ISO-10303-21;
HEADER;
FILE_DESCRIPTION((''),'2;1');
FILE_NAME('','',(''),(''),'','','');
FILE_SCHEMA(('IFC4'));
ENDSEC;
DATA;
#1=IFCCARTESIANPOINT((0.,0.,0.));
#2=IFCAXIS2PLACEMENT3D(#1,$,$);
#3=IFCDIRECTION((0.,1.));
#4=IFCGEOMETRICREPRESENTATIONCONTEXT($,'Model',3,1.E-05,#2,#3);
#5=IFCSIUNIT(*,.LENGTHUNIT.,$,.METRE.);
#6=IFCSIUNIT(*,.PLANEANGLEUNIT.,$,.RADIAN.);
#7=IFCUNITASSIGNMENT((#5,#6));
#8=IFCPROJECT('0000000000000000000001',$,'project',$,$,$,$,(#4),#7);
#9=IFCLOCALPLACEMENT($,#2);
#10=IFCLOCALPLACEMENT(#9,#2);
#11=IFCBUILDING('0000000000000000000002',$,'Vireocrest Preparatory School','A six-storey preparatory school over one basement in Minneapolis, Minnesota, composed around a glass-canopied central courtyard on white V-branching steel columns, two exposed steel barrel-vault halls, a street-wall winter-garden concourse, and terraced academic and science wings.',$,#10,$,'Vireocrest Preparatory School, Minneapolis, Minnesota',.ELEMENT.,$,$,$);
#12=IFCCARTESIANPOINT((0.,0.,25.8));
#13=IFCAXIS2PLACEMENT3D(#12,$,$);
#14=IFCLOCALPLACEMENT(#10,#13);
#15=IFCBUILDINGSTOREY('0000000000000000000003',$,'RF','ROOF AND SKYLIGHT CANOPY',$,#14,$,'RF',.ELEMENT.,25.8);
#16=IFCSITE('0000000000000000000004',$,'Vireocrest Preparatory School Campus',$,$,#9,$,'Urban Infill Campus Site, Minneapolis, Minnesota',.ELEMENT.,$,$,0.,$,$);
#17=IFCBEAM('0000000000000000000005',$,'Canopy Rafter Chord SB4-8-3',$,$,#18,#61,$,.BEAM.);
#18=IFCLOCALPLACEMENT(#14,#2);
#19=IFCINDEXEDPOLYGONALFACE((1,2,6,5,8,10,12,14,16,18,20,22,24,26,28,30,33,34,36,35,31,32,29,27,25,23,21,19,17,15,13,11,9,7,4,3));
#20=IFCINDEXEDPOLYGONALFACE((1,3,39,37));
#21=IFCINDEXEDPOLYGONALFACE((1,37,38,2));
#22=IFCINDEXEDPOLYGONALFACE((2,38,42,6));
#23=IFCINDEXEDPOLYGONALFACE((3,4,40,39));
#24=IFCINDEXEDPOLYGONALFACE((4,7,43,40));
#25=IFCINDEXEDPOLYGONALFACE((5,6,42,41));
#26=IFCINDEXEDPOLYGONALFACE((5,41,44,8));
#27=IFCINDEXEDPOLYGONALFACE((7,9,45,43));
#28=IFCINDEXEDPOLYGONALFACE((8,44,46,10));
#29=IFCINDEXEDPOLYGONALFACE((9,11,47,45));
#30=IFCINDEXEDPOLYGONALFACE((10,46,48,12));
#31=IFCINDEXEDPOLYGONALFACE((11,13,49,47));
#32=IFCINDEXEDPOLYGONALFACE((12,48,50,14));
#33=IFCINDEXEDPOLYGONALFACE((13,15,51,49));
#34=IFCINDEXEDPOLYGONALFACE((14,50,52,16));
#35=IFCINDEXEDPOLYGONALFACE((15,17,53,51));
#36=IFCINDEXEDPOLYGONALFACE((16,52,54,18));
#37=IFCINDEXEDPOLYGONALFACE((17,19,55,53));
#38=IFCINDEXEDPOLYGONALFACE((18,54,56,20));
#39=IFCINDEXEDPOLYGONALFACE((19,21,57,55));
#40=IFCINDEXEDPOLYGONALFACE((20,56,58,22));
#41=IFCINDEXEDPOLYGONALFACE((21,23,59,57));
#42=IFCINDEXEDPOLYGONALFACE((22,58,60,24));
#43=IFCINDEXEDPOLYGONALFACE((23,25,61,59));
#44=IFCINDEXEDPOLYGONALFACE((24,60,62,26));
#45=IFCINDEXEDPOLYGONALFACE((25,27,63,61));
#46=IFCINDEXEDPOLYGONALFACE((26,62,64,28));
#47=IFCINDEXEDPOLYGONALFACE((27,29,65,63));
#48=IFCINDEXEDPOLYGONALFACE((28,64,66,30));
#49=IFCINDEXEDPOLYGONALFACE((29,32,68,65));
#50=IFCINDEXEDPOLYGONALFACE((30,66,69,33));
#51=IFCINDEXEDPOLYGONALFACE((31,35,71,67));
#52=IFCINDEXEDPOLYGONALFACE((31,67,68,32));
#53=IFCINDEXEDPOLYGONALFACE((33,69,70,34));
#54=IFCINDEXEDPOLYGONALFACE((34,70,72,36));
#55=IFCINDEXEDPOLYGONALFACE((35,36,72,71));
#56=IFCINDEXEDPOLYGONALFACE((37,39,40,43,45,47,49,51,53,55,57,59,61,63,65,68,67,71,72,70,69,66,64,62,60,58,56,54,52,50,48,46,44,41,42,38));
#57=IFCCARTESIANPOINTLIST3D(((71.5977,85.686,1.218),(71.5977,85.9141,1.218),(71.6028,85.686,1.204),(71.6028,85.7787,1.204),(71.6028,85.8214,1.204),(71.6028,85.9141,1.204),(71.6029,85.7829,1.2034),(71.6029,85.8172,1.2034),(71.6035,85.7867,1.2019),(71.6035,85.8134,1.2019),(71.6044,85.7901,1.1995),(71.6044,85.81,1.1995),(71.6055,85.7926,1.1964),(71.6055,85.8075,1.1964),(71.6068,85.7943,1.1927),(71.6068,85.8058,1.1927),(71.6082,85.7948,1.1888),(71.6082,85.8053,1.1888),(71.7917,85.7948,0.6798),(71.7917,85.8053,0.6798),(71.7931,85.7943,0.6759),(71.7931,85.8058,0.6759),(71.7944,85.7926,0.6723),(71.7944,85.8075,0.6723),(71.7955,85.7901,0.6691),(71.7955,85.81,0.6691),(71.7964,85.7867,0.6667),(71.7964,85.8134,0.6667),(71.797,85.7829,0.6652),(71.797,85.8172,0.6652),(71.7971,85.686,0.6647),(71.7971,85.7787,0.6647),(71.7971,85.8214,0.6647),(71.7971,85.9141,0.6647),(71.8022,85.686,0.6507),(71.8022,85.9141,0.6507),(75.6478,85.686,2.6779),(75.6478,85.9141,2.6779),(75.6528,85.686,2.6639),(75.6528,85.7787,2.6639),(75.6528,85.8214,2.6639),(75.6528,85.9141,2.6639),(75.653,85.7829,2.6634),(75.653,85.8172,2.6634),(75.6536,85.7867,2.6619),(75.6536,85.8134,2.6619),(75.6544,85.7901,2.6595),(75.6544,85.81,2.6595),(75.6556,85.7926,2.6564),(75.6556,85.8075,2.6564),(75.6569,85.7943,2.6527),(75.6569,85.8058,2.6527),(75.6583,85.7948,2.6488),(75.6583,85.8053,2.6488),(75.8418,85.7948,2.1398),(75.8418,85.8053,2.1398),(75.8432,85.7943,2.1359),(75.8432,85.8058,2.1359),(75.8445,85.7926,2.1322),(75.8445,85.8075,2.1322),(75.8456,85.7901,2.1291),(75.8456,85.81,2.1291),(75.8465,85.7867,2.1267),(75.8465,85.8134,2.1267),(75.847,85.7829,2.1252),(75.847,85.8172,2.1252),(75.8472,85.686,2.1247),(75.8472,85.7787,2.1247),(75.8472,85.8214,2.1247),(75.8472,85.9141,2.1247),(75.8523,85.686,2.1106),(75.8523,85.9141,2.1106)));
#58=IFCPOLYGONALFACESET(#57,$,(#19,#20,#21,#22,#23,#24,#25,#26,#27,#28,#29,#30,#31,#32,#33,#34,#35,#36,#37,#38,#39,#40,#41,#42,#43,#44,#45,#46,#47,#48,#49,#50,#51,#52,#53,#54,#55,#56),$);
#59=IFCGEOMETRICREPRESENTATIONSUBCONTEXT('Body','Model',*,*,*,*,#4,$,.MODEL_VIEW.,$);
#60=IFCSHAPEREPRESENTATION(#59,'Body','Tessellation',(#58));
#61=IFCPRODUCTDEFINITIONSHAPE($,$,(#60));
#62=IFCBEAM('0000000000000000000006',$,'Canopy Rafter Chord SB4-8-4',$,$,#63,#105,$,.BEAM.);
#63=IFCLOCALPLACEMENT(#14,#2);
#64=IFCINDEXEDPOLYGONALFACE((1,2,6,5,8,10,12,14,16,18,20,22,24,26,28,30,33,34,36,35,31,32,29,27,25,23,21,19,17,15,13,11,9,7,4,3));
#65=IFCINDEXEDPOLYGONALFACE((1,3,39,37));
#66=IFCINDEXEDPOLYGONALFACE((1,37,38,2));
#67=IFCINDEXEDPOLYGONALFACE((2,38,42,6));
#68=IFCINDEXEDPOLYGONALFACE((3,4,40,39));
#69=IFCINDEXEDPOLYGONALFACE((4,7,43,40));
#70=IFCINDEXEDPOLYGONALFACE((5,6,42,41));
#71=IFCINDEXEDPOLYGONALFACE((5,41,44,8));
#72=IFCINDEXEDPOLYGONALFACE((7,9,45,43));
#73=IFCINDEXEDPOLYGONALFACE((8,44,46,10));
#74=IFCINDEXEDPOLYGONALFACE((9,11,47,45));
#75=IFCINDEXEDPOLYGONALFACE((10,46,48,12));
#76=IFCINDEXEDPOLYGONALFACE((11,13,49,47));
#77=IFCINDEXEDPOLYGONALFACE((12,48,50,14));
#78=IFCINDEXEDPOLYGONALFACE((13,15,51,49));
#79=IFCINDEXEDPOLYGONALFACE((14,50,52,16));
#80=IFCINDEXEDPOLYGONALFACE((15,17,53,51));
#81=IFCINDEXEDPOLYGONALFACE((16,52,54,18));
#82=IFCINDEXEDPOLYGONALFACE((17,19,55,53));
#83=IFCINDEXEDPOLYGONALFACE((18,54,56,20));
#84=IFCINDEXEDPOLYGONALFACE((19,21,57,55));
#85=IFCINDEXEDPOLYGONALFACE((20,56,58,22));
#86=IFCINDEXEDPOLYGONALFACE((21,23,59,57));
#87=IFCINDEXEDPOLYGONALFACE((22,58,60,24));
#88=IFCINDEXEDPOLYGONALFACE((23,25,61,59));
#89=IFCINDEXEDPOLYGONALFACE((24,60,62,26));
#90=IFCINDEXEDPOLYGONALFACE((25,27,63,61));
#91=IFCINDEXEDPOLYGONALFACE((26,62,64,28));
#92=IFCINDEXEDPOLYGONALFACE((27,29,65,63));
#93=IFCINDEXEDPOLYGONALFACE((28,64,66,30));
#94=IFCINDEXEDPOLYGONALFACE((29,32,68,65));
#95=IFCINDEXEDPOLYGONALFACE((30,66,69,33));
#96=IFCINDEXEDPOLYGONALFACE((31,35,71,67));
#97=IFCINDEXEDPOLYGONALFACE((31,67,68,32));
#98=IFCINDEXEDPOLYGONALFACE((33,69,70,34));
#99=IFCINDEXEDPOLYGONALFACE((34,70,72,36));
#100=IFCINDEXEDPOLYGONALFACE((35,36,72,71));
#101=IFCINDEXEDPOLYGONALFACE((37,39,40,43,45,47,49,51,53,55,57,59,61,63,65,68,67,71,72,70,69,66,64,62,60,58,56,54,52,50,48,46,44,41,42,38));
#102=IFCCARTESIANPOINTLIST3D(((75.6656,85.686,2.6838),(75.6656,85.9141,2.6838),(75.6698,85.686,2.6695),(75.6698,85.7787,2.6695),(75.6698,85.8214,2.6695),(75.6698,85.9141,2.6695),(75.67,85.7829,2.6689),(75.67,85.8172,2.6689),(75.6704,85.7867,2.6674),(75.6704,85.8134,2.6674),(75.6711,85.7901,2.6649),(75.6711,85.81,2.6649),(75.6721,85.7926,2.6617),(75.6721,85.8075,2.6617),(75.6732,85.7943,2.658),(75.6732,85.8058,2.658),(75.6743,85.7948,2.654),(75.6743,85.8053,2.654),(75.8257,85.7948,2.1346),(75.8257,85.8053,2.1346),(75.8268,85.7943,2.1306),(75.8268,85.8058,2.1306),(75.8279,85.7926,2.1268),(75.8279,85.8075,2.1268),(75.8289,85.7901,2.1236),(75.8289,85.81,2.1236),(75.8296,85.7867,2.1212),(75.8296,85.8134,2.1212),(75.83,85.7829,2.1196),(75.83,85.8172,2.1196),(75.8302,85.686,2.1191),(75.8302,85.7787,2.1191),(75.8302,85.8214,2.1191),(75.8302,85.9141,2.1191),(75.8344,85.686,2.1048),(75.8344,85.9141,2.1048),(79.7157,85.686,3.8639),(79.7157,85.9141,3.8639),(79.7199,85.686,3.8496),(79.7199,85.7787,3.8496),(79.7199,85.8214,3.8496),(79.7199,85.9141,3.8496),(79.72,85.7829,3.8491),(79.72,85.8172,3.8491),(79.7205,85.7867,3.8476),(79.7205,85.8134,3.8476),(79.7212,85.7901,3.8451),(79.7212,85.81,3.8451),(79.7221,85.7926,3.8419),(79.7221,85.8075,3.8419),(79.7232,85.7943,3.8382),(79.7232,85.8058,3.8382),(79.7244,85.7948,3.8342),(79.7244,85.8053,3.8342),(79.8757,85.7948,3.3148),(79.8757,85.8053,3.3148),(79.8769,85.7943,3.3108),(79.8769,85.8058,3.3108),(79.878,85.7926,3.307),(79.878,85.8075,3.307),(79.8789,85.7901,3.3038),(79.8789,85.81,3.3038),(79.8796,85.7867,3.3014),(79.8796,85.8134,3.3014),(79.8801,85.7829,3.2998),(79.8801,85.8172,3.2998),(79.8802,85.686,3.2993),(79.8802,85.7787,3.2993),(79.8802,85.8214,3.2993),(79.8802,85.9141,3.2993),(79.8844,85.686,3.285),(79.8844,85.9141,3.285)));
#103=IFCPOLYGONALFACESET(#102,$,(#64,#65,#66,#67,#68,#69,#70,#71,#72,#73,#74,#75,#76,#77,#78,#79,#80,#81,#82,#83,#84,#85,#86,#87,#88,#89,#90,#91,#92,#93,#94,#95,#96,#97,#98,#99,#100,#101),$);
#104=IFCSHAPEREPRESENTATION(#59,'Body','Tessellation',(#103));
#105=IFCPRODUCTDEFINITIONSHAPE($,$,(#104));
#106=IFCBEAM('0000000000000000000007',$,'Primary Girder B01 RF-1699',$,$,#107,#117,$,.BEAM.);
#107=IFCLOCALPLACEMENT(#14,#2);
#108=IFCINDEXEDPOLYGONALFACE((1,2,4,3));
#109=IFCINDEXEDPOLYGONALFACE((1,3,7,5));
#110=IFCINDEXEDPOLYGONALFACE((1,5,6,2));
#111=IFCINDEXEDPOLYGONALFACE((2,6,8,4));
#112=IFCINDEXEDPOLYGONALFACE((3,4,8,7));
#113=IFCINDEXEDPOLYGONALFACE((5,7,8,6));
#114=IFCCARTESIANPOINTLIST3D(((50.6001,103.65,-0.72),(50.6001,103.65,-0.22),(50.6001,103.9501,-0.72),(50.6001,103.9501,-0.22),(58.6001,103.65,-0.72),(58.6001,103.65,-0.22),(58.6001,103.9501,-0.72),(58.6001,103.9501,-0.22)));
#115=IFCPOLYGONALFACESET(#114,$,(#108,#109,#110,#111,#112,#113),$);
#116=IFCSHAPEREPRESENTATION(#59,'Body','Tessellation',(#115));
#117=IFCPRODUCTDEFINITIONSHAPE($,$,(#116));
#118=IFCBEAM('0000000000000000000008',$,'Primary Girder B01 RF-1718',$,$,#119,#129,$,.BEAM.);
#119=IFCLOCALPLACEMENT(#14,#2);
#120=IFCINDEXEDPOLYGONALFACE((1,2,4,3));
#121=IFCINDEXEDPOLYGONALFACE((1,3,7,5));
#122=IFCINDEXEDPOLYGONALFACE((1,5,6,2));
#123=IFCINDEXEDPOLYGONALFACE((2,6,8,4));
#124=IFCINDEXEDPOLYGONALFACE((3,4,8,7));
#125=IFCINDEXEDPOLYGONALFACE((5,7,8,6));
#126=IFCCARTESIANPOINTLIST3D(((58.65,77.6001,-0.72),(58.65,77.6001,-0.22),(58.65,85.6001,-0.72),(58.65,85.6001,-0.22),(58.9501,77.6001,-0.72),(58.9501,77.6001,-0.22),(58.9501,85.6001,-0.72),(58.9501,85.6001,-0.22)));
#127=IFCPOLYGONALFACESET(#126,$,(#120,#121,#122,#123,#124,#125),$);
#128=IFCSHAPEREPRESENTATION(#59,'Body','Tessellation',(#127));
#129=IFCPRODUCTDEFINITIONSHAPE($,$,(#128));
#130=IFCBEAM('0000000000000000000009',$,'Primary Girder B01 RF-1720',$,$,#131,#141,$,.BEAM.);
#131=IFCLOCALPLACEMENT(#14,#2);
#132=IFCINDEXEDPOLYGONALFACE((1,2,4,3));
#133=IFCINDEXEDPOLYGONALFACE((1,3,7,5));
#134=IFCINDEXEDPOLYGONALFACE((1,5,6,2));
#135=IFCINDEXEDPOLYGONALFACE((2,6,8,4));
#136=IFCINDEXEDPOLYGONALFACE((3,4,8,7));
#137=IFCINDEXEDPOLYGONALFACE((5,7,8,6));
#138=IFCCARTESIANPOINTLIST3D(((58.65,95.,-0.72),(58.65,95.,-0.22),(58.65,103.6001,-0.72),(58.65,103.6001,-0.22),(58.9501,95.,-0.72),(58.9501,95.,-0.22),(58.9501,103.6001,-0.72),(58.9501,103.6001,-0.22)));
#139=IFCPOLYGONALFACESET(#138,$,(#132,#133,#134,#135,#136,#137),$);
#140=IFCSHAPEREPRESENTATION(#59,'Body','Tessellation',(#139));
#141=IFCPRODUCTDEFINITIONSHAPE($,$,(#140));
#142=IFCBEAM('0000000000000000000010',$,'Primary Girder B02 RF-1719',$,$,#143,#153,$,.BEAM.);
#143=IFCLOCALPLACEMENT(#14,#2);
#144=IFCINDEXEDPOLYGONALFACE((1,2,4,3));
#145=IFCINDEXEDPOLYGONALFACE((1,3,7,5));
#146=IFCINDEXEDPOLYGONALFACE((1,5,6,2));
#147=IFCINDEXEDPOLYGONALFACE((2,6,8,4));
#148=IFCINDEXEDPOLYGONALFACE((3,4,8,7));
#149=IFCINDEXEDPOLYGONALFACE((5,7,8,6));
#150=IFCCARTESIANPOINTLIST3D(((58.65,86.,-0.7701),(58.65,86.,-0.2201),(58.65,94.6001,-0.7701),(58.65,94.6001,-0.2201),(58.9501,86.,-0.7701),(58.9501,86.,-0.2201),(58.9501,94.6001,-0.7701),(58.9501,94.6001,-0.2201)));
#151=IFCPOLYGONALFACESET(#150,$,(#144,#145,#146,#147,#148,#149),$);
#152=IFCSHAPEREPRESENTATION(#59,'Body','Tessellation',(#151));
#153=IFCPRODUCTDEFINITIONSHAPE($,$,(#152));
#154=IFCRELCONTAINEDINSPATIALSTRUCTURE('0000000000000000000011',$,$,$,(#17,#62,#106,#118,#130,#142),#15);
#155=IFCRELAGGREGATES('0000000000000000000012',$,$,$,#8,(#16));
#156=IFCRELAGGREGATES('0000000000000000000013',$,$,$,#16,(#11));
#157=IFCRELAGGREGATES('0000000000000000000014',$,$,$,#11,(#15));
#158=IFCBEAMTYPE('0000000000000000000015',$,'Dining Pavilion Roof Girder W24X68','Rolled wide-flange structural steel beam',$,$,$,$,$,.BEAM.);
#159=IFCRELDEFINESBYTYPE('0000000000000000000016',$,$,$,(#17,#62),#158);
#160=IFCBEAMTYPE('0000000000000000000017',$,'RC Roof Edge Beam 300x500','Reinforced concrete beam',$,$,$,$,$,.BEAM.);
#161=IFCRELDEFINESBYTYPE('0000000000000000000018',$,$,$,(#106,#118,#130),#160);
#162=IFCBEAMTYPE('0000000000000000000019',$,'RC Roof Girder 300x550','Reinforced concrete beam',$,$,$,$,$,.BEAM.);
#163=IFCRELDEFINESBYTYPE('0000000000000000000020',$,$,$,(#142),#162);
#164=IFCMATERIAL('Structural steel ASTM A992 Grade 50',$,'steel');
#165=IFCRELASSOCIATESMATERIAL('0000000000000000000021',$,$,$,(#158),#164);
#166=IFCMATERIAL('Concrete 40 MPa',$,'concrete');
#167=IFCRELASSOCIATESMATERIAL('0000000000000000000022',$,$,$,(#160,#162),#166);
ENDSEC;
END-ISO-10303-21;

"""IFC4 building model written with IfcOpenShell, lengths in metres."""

from ifc_helpers import new_model, si_unit, direction, frame, origin, origin_2d, place, context, subcontext, project, spatial, rectangle, i_section, extrude, material, material_profile, profile_set, type_object, element, save


model = new_model("IFC4")

# Units and contexts
model_context = context("Model", 3, precision=1e-05, world=origin(), true_north=direction((0.0, 1.0)))
body_context = subcontext(model_context, "Body", "Model", "MODEL_VIEW")
ifc_project = project(units=[si_unit("LENGTHUNIT", "METRE"), si_unit("PLANEANGLEUNIT", "RADIAN")], contexts=[model_context])

# Site, building, storey
site_placement = place(None, origin())
site = spatial("IfcSite", under=ifc_project, at=site_placement, Name="Vireocrest Preparatory School Campus", LongName="Urban Infill Campus Site, Minneapolis, Minnesota", CompositionType="ELEMENT", RefElevation=0.0)
building_placement = place(site_placement, origin())
building = spatial("IfcBuilding", under=site, at=building_placement, Name="Vireocrest Preparatory School", Description="A six-storey preparatory school over one basement in Minneapolis, Minnesota, composed around a glass-canopied central courtyard on white V-branching steel columns, two exposed steel barrel-vault halls, a street-wall winter-garden concourse, and terraced academic and science wings.", LongName="Vireocrest Preparatory School, Minneapolis, Minnesota", CompositionType="ELEMENT")
storey_placement = place(building_placement, frame((0.0, 0.0, 25.8)))
storey = spatial("IfcBuildingStorey", under=building, at=storey_placement, Name="RF", Description="ROOF AND SKYLIGHT CANOPY", LongName="RF", CompositionType="ELEMENT", Elevation=25.8)

# Beams
ifc_material_1 = material(Name="Structural steel ASTM A992 Grade 50", Category="steel")
ifc_material_profile_1 = material_profile(ifc_material_1, i_section(OverallWidth=0.228, OverallDepth=0.603, WebThickness=0.0105, FlangeThickness=0.0149, FilletRadius=0.0161, at=origin_2d()), Name="W24X68")
ifc_profile_set_1 = profile_set([ifc_material_profile_1], Name="Structural steel ASTM A992 Grade 50")
beam_type_1 = type_object("IfcBeamType", Name="Dining Pavilion Roof Girder W24X68", Description="Rolled wide-flange structural steel beam", PredefinedType="BEAM", material=ifc_profile_set_1)
beam_1_placement = place(storey_placement, frame((71.7, 85.8, 0.9343), z_axis=(0.940743, 0.0, 0.339119), x_axis=(0.0, 1.0, 0.0)))
element("IfcBeam", 1, at=beam_1_placement, inside=storey, type_object=beam_type_1, Name="Canopy Rafter Chord SB4-8-3", PredefinedType="BEAM", context=body_context, shape_type="SweptSolid", body=[
    extrude(i_section(OverallWidth=0.228, OverallDepth=0.603, WebThickness=0.0105, FlangeThickness=0.0149, FilletRadius=0.0161, at=origin_2d()), origin(), (0.0, 0.0, 1.0), 4.3052),
])
beam_2_placement = place(storey_placement, frame((75.75, 85.8, 2.3943), z_axis=(0.960069, 0.0, 0.279762), x_axis=(0.0, 1.0, 0.0)))
element("IfcBeam", 2, at=beam_2_placement, inside=storey, type_object=beam_type_1, Name="Canopy Rafter Chord SB4-8-4", PredefinedType="BEAM", context=body_context, shape_type="SweptSolid", body=[
    extrude(i_section(OverallWidth=0.228, OverallDepth=0.603, WebThickness=0.0105, FlangeThickness=0.0149, FilletRadius=0.0161, at=origin_2d()), origin(), (0.0, 0.0, 1.0), 4.2185),
])
ifc_material_2 = material(Name="Concrete 40 MPa", Category="concrete")
ifc_material_profile_2 = material_profile(ifc_material_2, rectangle(XDim=0.3, YDim=0.5, at=origin_2d()), Name="RC 300x500")
ifc_profile_set_2 = profile_set([ifc_material_profile_2], Name="Concrete 40 MPa")
beam_type_2 = type_object("IfcBeamType", Name="RC Roof Edge Beam 300x500", Description="Reinforced concrete beam", PredefinedType="BEAM", material=ifc_profile_set_2)
for number, where, z_axis, x_axis, name in (
    (3, (50.6001, 103.8, -0.47), (1.0, 0.0, 0.0), (0.0, 1.0, 0.0), "Primary Girder B01 RF-1699"),
    (4, (58.8, 77.6001, -0.47), (0.0, 1.0, 0.0), (-1.0, 0.0, 0.0), "Primary Girder B01 RF-1718"),
):
    element("IfcBeam", number, at=place(storey_placement, frame(where, z_axis=z_axis, x_axis=x_axis)), inside=storey, type_object=beam_type_2, Name=name, PredefinedType="BEAM", context=body_context, shape_type="SweptSolid", body=[
        extrude(rectangle(XDim=0.3, YDim=0.5, at=origin_2d()), origin(), (0.0, 0.0, 1.0), 8.0),
    ])
beam_3_placement = place(storey_placement, frame((58.8, 95.0, -0.47), z_axis=(0.0, 1.0, 0.0), x_axis=(-1.0, 0.0, 0.0)))
element("IfcBeam", 5, at=beam_3_placement, inside=storey, type_object=beam_type_2, Name="Primary Girder B01 RF-1720", PredefinedType="BEAM", context=body_context, shape_type="SweptSolid", body=[
    extrude(rectangle(XDim=0.3, YDim=0.5, at=origin_2d()), origin(), (0.0, 0.0, 1.0), 8.6001),
])
ifc_material_profile_3 = material_profile(ifc_material_2, rectangle(XDim=0.3, YDim=0.55, at=origin_2d()), Name="RC 300x550")
ifc_profile_set_3 = profile_set([ifc_material_profile_3], Name="Concrete 40 MPa")
beam_type_3 = type_object("IfcBeamType", Name="RC Roof Girder 300x550", Description="Reinforced concrete beam", PredefinedType="BEAM", material=ifc_profile_set_3)
beam_4_placement = place(storey_placement, frame((58.8, 86.0, -0.4951), z_axis=(0.0, 1.0, 0.0), x_axis=(-1.0, 0.0, 0.0)))
element("IfcBeam", 6, at=beam_4_placement, inside=storey, type_object=beam_type_3, Name="Primary Girder B02 RF-1719", PredefinedType="BEAM", context=body_context, shape_type="SweptSolid", body=[
    extrude(rectangle(XDim=0.3, YDim=0.55, at=origin_2d()), origin(), (0.0, 0.0, 1.0), 8.6001),
])

save(model, "model.ifc")
